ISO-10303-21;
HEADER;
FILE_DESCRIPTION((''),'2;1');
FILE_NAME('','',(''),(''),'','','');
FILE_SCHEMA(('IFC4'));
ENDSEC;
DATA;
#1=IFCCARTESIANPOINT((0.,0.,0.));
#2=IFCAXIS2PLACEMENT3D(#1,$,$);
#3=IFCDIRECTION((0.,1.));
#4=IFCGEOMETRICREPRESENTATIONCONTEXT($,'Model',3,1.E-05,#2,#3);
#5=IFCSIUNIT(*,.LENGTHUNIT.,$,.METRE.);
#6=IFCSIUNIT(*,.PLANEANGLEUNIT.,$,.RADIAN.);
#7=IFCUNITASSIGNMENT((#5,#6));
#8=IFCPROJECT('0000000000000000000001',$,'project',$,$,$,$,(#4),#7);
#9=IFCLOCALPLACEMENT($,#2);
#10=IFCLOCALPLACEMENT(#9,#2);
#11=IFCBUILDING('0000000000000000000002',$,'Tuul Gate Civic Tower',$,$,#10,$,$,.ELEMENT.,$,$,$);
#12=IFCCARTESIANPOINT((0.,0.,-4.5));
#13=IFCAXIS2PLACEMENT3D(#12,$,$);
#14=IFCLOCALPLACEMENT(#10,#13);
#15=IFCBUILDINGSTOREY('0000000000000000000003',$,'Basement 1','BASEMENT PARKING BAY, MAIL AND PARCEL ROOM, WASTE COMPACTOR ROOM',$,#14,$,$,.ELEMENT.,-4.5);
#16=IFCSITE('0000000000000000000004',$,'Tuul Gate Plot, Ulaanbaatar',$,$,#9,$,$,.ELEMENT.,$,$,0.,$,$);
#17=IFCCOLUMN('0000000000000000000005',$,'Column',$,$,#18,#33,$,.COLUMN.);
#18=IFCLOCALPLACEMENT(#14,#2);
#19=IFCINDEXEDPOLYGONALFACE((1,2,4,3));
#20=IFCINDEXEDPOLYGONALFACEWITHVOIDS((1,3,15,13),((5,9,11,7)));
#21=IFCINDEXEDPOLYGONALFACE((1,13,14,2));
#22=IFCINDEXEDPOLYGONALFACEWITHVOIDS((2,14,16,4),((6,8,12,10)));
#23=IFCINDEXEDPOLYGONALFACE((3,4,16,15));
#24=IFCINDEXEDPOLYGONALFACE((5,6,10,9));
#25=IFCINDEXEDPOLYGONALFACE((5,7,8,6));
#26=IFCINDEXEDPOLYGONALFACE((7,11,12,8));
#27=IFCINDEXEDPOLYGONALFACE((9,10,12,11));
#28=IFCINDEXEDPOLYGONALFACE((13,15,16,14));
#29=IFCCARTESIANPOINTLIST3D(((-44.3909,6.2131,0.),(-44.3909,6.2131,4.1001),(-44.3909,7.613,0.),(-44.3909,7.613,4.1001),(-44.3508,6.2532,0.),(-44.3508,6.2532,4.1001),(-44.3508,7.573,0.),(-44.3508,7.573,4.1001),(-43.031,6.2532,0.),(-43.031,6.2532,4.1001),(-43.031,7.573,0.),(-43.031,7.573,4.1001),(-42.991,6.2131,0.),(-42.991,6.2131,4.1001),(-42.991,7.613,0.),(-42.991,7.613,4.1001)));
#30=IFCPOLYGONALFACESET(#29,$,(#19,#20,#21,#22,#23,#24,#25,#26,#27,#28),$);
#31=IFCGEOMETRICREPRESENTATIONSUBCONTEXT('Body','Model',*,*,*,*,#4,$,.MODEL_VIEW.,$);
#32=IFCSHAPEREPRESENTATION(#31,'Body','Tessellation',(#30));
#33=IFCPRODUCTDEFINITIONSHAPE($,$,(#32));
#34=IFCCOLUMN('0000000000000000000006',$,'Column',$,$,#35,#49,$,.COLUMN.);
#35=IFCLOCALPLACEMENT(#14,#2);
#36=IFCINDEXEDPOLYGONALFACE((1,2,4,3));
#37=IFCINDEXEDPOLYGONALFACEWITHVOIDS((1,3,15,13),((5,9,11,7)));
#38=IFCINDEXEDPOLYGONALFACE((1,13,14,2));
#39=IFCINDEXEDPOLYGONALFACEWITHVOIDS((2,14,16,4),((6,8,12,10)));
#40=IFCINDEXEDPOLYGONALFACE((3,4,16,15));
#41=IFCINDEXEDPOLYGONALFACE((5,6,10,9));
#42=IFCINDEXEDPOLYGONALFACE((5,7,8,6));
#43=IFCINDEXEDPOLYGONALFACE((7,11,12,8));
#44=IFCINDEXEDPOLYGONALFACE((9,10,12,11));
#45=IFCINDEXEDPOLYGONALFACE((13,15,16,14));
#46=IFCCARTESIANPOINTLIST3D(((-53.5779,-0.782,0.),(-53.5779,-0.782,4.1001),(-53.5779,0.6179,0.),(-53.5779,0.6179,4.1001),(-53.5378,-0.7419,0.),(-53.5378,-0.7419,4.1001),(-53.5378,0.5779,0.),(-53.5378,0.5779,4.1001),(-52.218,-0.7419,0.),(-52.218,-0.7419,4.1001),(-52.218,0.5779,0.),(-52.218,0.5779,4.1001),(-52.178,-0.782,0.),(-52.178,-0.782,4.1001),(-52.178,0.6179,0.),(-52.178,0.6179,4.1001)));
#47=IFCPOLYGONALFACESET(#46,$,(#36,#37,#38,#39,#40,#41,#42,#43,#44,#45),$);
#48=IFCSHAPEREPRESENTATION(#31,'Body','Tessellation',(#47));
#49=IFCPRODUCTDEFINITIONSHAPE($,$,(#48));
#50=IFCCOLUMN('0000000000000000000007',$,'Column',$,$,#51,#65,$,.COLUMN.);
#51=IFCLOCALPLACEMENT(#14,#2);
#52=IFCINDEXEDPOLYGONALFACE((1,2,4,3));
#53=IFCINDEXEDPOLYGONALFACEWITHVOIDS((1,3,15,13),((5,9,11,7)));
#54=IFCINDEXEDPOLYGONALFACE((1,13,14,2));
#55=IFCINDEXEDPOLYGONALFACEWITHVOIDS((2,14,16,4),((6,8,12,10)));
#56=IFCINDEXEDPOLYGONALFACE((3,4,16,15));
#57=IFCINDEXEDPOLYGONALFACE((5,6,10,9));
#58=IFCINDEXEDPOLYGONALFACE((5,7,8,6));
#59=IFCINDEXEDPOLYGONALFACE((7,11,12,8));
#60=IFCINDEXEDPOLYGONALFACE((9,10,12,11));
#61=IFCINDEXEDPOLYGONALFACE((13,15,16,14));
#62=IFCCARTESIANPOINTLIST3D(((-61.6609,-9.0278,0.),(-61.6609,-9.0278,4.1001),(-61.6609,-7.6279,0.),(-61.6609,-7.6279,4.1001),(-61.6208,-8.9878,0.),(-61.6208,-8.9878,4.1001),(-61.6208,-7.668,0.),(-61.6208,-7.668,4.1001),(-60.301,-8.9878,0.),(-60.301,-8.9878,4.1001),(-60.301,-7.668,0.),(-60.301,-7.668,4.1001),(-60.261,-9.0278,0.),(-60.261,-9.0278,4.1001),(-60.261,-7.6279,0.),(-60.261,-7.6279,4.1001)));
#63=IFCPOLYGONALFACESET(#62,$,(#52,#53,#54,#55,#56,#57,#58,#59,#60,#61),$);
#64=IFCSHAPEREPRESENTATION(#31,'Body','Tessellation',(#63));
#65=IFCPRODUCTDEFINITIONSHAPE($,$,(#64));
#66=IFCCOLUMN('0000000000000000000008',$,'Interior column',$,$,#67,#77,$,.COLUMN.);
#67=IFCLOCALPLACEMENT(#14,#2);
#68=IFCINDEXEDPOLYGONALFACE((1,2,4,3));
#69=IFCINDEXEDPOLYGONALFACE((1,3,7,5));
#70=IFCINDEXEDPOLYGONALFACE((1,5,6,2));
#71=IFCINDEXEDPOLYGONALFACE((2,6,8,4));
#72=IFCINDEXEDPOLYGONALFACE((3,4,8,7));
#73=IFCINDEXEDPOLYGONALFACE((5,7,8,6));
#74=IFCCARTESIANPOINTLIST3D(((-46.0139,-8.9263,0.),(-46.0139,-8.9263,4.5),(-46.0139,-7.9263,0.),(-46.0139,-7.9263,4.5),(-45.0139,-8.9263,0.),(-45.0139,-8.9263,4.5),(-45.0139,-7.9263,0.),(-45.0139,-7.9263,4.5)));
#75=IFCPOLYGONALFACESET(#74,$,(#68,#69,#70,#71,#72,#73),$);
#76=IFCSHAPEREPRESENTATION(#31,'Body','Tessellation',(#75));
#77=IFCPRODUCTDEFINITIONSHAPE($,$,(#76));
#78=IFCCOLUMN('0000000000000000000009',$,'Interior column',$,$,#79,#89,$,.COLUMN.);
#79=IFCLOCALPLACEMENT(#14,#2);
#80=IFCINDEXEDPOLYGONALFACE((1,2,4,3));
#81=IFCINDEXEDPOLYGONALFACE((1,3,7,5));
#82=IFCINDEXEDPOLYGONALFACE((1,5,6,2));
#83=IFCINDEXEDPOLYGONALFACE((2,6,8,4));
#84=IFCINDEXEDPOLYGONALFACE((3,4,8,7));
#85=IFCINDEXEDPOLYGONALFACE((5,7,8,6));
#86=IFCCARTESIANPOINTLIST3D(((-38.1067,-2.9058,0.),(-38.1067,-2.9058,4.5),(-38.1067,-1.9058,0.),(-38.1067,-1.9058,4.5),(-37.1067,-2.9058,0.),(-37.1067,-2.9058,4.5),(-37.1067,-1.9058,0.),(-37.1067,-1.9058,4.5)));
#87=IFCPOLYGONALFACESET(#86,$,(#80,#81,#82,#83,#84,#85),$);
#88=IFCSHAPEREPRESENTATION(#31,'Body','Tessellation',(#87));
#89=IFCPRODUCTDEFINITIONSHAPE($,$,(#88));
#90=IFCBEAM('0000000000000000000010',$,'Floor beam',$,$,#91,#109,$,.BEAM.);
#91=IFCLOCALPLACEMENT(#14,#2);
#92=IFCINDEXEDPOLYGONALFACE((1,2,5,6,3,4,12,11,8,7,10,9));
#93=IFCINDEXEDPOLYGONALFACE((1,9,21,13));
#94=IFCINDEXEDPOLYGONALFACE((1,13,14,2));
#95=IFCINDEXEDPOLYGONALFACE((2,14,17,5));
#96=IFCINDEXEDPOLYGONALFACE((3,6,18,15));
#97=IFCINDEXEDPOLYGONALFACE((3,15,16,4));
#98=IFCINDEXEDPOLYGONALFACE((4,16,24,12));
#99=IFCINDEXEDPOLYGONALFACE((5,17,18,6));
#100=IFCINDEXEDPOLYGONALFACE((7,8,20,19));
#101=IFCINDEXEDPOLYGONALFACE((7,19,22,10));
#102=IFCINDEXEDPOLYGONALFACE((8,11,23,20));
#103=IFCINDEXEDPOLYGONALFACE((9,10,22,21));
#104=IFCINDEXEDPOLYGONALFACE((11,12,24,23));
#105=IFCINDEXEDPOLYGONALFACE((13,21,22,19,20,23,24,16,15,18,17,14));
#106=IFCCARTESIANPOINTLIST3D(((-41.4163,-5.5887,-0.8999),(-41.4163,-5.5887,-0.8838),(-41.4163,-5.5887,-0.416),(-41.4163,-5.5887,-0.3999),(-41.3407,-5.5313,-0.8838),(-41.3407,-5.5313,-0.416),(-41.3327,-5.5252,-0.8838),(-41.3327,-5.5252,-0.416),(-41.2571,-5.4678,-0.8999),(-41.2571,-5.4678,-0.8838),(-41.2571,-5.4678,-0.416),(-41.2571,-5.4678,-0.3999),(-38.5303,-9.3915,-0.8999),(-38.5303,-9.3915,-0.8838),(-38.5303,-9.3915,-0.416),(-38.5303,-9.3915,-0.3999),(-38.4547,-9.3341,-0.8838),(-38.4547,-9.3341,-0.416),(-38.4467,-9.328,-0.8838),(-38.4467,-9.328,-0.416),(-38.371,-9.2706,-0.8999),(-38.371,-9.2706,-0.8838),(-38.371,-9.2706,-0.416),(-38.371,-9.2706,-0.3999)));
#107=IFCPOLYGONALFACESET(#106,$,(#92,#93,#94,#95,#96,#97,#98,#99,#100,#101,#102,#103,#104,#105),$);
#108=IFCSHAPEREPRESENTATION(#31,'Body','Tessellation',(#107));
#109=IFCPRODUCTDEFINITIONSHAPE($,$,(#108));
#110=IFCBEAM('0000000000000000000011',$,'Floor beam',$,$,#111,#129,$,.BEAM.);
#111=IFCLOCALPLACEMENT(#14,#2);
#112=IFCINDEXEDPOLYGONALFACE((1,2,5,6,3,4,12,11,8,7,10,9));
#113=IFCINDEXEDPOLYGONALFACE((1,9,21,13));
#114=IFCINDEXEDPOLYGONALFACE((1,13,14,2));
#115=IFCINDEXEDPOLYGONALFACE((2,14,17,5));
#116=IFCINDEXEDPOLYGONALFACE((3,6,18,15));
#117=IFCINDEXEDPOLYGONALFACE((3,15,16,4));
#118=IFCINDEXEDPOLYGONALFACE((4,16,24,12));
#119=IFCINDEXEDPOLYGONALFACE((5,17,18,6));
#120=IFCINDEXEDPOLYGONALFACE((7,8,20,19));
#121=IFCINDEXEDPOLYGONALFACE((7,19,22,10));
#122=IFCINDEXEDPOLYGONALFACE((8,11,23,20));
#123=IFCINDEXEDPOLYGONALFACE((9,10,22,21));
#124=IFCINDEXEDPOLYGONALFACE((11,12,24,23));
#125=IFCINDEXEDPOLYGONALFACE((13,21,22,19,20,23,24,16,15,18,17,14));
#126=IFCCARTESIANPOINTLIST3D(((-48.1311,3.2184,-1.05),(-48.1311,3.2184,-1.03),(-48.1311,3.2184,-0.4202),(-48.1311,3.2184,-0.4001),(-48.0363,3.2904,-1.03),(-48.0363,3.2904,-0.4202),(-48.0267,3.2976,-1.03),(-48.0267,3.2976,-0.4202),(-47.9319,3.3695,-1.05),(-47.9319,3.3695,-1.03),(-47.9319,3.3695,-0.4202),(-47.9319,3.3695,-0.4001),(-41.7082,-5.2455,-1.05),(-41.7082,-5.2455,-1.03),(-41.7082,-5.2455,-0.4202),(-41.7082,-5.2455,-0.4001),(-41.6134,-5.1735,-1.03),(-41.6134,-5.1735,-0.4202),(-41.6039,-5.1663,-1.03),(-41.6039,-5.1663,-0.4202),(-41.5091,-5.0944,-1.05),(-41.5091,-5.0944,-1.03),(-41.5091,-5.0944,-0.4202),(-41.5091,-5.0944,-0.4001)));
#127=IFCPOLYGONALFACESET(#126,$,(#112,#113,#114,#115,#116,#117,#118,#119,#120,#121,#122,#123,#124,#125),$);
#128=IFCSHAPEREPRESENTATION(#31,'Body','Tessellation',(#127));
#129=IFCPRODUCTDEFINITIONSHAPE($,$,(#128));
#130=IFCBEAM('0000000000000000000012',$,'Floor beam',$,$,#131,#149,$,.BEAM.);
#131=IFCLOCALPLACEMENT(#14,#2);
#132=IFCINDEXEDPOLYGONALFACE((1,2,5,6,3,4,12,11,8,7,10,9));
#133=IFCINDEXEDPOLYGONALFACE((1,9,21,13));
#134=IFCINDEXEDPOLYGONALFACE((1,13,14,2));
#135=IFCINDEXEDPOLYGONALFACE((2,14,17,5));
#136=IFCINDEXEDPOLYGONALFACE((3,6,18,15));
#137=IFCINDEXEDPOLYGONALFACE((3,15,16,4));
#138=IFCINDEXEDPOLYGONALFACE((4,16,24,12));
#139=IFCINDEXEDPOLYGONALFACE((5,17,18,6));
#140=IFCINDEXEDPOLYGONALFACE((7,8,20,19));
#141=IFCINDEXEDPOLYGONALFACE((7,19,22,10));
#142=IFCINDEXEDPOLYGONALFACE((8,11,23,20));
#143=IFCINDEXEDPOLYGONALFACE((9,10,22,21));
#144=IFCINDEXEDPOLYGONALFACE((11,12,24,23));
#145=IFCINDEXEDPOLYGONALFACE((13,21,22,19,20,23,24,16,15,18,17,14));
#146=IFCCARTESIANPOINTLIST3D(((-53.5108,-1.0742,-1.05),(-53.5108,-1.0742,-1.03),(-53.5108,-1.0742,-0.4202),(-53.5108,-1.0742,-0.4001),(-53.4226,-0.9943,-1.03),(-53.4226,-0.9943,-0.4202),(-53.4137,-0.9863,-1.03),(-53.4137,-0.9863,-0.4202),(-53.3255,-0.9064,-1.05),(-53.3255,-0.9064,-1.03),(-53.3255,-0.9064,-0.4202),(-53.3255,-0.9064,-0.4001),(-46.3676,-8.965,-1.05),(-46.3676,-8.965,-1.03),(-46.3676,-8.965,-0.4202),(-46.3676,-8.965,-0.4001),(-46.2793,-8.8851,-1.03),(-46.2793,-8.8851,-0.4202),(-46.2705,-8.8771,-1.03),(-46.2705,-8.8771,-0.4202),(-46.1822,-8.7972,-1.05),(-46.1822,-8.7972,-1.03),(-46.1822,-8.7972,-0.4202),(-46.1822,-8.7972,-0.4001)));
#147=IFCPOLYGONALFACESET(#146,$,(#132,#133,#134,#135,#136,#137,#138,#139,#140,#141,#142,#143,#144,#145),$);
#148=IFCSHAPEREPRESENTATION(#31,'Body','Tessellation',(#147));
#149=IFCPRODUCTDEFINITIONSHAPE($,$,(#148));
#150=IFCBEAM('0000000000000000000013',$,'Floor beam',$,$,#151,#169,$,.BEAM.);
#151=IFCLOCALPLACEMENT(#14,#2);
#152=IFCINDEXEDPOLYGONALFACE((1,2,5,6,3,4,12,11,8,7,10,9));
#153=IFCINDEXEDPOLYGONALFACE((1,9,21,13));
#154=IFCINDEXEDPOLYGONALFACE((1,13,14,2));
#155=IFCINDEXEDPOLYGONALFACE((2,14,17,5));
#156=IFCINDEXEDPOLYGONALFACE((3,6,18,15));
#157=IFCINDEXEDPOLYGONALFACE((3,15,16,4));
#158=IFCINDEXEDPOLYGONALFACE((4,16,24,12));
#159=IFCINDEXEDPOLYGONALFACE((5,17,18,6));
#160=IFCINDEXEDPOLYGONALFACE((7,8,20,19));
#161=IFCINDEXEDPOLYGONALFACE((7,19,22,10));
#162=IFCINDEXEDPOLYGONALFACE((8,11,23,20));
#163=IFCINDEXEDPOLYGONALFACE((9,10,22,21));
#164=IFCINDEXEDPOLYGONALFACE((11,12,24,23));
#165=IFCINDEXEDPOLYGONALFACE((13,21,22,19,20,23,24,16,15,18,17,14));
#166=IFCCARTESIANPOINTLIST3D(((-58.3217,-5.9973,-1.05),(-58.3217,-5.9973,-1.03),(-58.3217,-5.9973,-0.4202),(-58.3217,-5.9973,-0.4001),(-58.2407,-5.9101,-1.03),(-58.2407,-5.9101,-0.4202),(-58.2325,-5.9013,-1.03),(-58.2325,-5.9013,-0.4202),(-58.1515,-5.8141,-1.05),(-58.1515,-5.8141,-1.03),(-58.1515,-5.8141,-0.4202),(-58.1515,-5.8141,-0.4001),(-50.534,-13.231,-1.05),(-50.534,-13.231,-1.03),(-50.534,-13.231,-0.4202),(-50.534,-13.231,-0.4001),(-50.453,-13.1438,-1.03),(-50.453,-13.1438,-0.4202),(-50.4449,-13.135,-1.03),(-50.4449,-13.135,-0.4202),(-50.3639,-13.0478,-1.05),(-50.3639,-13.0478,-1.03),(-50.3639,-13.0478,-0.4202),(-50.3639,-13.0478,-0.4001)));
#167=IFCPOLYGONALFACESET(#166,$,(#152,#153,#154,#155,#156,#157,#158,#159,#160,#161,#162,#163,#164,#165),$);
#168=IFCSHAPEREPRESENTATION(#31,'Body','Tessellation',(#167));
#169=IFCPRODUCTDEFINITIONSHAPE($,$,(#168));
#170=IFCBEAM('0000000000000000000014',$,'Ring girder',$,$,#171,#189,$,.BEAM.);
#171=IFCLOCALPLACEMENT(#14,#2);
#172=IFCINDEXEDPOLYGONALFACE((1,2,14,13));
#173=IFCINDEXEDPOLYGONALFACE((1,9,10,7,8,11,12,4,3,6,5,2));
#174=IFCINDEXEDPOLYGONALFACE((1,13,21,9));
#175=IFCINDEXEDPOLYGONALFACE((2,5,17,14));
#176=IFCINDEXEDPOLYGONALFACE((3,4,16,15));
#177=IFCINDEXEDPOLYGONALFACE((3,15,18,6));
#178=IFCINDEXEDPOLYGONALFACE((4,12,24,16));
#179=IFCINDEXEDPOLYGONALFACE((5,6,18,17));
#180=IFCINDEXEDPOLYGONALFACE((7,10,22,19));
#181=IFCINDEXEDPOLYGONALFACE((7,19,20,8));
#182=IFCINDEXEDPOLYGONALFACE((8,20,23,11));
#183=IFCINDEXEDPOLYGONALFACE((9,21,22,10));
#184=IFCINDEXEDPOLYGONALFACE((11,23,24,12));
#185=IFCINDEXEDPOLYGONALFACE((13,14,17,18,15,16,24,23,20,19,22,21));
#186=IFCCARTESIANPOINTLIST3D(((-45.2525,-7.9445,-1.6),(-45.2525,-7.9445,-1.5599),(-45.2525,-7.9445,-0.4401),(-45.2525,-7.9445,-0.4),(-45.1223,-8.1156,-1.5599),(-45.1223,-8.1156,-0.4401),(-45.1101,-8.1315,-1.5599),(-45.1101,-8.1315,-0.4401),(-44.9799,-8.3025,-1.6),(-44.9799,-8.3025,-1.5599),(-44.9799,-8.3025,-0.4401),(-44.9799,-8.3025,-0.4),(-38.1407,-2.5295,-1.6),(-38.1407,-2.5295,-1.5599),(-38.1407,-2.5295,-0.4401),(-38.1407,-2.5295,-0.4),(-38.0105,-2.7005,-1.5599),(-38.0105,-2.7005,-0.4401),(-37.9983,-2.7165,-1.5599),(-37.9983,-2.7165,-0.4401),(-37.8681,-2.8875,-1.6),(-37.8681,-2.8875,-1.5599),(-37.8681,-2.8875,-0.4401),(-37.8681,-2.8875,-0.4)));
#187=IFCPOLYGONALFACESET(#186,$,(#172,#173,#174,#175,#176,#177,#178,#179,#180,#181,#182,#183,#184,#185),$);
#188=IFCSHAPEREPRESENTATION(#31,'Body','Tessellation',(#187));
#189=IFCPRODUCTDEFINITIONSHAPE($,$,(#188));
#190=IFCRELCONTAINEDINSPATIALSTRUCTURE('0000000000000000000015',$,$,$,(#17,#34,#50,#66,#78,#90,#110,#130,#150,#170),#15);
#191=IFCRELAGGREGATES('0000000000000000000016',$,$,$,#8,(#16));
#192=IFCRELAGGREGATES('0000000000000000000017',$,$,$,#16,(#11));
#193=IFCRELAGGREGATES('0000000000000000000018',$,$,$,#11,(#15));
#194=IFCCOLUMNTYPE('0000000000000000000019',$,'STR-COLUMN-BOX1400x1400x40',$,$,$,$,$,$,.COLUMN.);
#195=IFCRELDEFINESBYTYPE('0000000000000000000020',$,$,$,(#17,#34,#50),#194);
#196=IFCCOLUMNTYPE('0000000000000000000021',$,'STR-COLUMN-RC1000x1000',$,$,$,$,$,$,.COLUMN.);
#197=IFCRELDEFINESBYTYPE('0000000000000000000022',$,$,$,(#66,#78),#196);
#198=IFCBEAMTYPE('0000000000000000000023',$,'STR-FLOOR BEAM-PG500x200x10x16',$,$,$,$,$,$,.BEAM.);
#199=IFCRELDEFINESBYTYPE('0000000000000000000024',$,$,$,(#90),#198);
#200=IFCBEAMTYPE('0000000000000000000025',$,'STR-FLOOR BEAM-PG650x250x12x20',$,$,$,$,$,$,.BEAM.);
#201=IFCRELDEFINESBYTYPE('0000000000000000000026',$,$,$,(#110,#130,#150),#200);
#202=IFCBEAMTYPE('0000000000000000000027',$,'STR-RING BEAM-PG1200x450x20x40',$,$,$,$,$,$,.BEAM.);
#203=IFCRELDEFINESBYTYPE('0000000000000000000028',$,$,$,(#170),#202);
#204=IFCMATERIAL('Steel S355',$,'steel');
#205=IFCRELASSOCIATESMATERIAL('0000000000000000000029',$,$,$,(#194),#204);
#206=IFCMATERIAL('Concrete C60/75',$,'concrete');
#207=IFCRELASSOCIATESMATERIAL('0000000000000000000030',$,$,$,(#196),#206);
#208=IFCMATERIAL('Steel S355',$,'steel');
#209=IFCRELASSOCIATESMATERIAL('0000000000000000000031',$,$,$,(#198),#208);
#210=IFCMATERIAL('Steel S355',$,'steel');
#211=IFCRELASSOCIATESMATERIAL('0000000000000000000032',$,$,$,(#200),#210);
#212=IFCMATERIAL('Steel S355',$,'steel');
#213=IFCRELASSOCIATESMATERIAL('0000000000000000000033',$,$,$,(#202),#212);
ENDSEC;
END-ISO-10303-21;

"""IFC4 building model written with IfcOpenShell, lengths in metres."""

from ifc_helpers import new_model, si_unit, direction, frame, origin, origin_2d, place, context, subcontext, project, spatial, rectangle, hollow_rectangle, i_section, extrude, material, material_profile, profile_set, type_object, element, save


model = new_model("IFC4")

# Units and contexts
model_context = context("Model", 3, precision=1e-05, world=origin(), true_north=direction((0.0, 1.0)))
body_context = subcontext(model_context, "Body", "Model", "MODEL_VIEW")
ifc_project = project(units=[si_unit("LENGTHUNIT", "METRE"), si_unit("PLANEANGLEUNIT", "RADIAN")], contexts=[model_context])

# Site, building, storey
site_placement = place(None, origin())
site = spatial("IfcSite", under=ifc_project, at=site_placement, Name="Tuul Gate Plot, Ulaanbaatar", CompositionType="ELEMENT", RefElevation=0.0)
building_placement = place(site_placement, origin())
building = spatial("IfcBuilding", under=site, at=building_placement, Name="Tuul Gate Civic Tower", CompositionType="ELEMENT")
storey_placement = place(building_placement, frame((0.0, 0.0, -4.5)))
storey = spatial("IfcBuildingStorey", under=building, at=storey_placement, Name="Basement 1", Description="BASEMENT PARKING BAY, MAIL AND PARCEL ROOM, WASTE COMPACTOR ROOM", CompositionType="ELEMENT", Elevation=-4.5)

# Columns
ifc_material_1 = material(Name="Steel S355", Category="steel")
ifc_material_profile_1 = material_profile(ifc_material_1, hollow_rectangle(XDim=1.3999, YDim=1.3999, WallThickness=0.04, at=origin_2d()), Name="BOX1400x1400x40")
ifc_profile_set_1 = profile_set([ifc_material_profile_1], Name="Steel S355")
column_type_1 = type_object("IfcColumnType", Name="STR-COLUMN-BOX1400x1400x40", PredefinedType="COLUMN", material=ifc_profile_set_1)
for number, where, z_axis, x_axis, name in (
    (1, (-43.6909, 6.9131, 0.0), (0.0, 0.0, 1.0), (1.0, 0.0, 0.0), "Column"),
    (2, (-52.8779, -0.082, 0.0), (0.0, 0.0, 1.0), (1.0, 0.0, 0.0), "Column"),
    (3, (-60.9609, -8.3279, 0.0), (0.0, 0.0, 1.0), (1.0, 0.0, 0.0), "Column"),
):
    element("IfcColumn", number, at=place(storey_placement, frame(where, z_axis=z_axis, x_axis=x_axis)), inside=storey, type_object=column_type_1, Name=name, PredefinedType="COLUMN", context=body_context, shape_type="SweptSolid", body=[
        extrude(hollow_rectangle(XDim=1.3999, YDim=1.3999, WallThickness=0.04, at=origin_2d()), origin(), (0.0, 0.0, 1.0), 4.1001),
    ])
ifc_material_2 = material(Name="Concrete C60/75", Category="concrete")
ifc_material_profile_2 = material_profile(ifc_material_2, rectangle(XDim=1.0, YDim=1.0, at=origin_2d()), Name="RC1000x1000")
ifc_profile_set_2 = profile_set([ifc_material_profile_2], Name="Concrete C60/75")
column_type_2 = type_object("IfcColumnType", Name="STR-COLUMN-RC1000x1000", PredefinedType="COLUMN", material=ifc_profile_set_2)
for number, where, z_axis, x_axis, name in (
    (4, (-45.5139, -8.4263, 0.0), (0.0, 0.0, 1.0), (1.0, 0.0, 0.0), "Interior column"),
    (5, (-37.6067, -2.4058, 0.0), (0.0, 0.0, 1.0), (1.0, 0.0, 0.0), "Interior column"),
):
    element("IfcColumn", number, at=place(storey_placement, frame(where, z_axis=z_axis, x_axis=x_axis)), inside=storey, type_object=column_type_2, Name=name, PredefinedType="COLUMN", context=body_context, shape_type="SweptSolid", body=[
        extrude(rectangle(XDim=1.0, YDim=1.0, at=origin_2d()), origin(), (0.0, 0.0, 1.0), 4.5),
    ])

# Beams
ifc_material_3 = material(Name="Steel S355", Category="steel")
ifc_material_profile_3 = material_profile(ifc_material_3, i_section(OverallWidth=0.2, OverallDepth=0.5, WebThickness=0.01, FlangeThickness=0.0161, at=origin_2d()), Name="PG500x200x10x16")
ifc_profile_set_3 = profile_set([ifc_material_profile_3], Name="Steel S355")
beam_type_1 = type_object("IfcBeamType", Name="STR-FLOOR BEAM-PG500x200x10x16", PredefinedType="BEAM", material=ifc_profile_set_3)
beam_1_placement = place(storey_placement, frame((-38.4507, -9.3311, -0.6499), z_axis=(-0.60454, 0.796575, 0.0), x_axis=(-0.796575, -0.60454, 0.0)))
element("IfcBeam", 6, at=beam_1_placement, inside=storey, type_object=beam_type_1, Name="Floor beam", PredefinedType="BEAM", context=body_context, shape_type="SweptSolid", body=[
    extrude(i_section(OverallWidth=0.2, OverallDepth=0.5, WebThickness=0.01, FlangeThickness=0.0161, at=origin_2d()), origin(), (0.0, 0.0, 1.0), 4.7739),
])
ifc_material_4 = material(Name="Steel S355", Category="steel")
ifc_material_profile_4 = material_profile(ifc_material_4, i_section(OverallWidth=0.25, OverallDepth=0.6499, WebThickness=0.012, FlangeThickness=0.02, at=origin_2d()), Name="PG650x250x12x20")
ifc_profile_set_4 = profile_set([ifc_material_profile_4], Name="Steel S355")
beam_type_2 = type_object("IfcBeamType", Name="STR-FLOOR BEAM-PG650x250x12x20", PredefinedType="BEAM", material=ifc_profile_set_4)
beam_2_placement = place(storey_placement, frame((-41.6086, -5.1699, -0.7251), z_axis=(-0.604505, 0.796601, 0.0), x_axis=(-0.796601, -0.604505, 0.0)))
element("IfcBeam", 7, at=beam_2_placement, inside=storey, type_object=beam_type_2, Name="Floor beam", PredefinedType="BEAM", context=body_context, shape_type="SweptSolid", body=[
    extrude(i_section(OverallWidth=0.25, OverallDepth=0.6499, WebThickness=0.012, FlangeThickness=0.02, at=origin_2d()), origin(), (0.0, 0.0, 1.0), 10.625),
])
beam_3_placement = place(storey_placement, frame((-46.2749, -8.8811, -0.7251), z_axis=(-0.671118, 0.741351, 0.0), x_axis=(-0.741351, -0.671118, 0.0)))
element("IfcBeam", 8, at=beam_3_placement, inside=storey, type_object=beam_type_2, Name="Floor beam", PredefinedType="BEAM", context=body_context, shape_type="SweptSolid", body=[
    extrude(i_section(OverallWidth=0.25, OverallDepth=0.6499, WebThickness=0.012, FlangeThickness=0.02, at=origin_2d()), origin(), (0.0, 0.0, 1.0), 10.6438),
])
beam_4_placement = place(storey_placement, frame((-50.449, -13.1394, -0.7251), z_axis=(-0.732685, 0.680567, 0.0), x_axis=(-0.680567, -0.732685, 0.0)))
element("IfcBeam", 9, at=beam_4_placement, inside=storey, type_object=beam_type_2, Name="Floor beam", PredefinedType="BEAM", context=body_context, shape_type="SweptSolid", body=[
    extrude(i_section(OverallWidth=0.25, OverallDepth=0.6499, WebThickness=0.012, FlangeThickness=0.02, at=origin_2d()), origin(), (0.0, 0.0, 1.0), 10.6289),
])
ifc_material_5 = material(Name="Steel S355", Category="steel")
ifc_material_profile_5 = material_profile(ifc_material_5, i_section(OverallWidth=0.45, OverallDepth=1.2, WebThickness=0.02, FlangeThickness=0.04, at=origin_2d()), Name="PG1200x450x20x40")
ifc_profile_set_5 = profile_set([ifc_material_profile_5], Name="Steel S355")
beam_type_3 = type_object("IfcBeamType", Name="STR-RING BEAM-PG1200x450x20x40", PredefinedType="BEAM", material=ifc_profile_set_5)
beam_5_placement = place(storey_placement, frame((-45.1162, -8.1235, -1.0), z_axis=(0.79562, 0.605796, 0.0), x_axis=(-0.605796, 0.79562, 0.0)))
element("IfcBeam", 10, at=beam_5_placement, inside=storey, type_object=beam_type_3, Name="Ring girder", PredefinedType="BEAM", context=body_context, shape_type="SweptSolid", body=[
    extrude(i_section(OverallWidth=0.45, OverallDepth=1.2, WebThickness=0.02, FlangeThickness=0.04, at=origin_2d()), origin(), (0.0, 0.0, 1.0), 8.9387),
])

save(model, "model.ifc")
